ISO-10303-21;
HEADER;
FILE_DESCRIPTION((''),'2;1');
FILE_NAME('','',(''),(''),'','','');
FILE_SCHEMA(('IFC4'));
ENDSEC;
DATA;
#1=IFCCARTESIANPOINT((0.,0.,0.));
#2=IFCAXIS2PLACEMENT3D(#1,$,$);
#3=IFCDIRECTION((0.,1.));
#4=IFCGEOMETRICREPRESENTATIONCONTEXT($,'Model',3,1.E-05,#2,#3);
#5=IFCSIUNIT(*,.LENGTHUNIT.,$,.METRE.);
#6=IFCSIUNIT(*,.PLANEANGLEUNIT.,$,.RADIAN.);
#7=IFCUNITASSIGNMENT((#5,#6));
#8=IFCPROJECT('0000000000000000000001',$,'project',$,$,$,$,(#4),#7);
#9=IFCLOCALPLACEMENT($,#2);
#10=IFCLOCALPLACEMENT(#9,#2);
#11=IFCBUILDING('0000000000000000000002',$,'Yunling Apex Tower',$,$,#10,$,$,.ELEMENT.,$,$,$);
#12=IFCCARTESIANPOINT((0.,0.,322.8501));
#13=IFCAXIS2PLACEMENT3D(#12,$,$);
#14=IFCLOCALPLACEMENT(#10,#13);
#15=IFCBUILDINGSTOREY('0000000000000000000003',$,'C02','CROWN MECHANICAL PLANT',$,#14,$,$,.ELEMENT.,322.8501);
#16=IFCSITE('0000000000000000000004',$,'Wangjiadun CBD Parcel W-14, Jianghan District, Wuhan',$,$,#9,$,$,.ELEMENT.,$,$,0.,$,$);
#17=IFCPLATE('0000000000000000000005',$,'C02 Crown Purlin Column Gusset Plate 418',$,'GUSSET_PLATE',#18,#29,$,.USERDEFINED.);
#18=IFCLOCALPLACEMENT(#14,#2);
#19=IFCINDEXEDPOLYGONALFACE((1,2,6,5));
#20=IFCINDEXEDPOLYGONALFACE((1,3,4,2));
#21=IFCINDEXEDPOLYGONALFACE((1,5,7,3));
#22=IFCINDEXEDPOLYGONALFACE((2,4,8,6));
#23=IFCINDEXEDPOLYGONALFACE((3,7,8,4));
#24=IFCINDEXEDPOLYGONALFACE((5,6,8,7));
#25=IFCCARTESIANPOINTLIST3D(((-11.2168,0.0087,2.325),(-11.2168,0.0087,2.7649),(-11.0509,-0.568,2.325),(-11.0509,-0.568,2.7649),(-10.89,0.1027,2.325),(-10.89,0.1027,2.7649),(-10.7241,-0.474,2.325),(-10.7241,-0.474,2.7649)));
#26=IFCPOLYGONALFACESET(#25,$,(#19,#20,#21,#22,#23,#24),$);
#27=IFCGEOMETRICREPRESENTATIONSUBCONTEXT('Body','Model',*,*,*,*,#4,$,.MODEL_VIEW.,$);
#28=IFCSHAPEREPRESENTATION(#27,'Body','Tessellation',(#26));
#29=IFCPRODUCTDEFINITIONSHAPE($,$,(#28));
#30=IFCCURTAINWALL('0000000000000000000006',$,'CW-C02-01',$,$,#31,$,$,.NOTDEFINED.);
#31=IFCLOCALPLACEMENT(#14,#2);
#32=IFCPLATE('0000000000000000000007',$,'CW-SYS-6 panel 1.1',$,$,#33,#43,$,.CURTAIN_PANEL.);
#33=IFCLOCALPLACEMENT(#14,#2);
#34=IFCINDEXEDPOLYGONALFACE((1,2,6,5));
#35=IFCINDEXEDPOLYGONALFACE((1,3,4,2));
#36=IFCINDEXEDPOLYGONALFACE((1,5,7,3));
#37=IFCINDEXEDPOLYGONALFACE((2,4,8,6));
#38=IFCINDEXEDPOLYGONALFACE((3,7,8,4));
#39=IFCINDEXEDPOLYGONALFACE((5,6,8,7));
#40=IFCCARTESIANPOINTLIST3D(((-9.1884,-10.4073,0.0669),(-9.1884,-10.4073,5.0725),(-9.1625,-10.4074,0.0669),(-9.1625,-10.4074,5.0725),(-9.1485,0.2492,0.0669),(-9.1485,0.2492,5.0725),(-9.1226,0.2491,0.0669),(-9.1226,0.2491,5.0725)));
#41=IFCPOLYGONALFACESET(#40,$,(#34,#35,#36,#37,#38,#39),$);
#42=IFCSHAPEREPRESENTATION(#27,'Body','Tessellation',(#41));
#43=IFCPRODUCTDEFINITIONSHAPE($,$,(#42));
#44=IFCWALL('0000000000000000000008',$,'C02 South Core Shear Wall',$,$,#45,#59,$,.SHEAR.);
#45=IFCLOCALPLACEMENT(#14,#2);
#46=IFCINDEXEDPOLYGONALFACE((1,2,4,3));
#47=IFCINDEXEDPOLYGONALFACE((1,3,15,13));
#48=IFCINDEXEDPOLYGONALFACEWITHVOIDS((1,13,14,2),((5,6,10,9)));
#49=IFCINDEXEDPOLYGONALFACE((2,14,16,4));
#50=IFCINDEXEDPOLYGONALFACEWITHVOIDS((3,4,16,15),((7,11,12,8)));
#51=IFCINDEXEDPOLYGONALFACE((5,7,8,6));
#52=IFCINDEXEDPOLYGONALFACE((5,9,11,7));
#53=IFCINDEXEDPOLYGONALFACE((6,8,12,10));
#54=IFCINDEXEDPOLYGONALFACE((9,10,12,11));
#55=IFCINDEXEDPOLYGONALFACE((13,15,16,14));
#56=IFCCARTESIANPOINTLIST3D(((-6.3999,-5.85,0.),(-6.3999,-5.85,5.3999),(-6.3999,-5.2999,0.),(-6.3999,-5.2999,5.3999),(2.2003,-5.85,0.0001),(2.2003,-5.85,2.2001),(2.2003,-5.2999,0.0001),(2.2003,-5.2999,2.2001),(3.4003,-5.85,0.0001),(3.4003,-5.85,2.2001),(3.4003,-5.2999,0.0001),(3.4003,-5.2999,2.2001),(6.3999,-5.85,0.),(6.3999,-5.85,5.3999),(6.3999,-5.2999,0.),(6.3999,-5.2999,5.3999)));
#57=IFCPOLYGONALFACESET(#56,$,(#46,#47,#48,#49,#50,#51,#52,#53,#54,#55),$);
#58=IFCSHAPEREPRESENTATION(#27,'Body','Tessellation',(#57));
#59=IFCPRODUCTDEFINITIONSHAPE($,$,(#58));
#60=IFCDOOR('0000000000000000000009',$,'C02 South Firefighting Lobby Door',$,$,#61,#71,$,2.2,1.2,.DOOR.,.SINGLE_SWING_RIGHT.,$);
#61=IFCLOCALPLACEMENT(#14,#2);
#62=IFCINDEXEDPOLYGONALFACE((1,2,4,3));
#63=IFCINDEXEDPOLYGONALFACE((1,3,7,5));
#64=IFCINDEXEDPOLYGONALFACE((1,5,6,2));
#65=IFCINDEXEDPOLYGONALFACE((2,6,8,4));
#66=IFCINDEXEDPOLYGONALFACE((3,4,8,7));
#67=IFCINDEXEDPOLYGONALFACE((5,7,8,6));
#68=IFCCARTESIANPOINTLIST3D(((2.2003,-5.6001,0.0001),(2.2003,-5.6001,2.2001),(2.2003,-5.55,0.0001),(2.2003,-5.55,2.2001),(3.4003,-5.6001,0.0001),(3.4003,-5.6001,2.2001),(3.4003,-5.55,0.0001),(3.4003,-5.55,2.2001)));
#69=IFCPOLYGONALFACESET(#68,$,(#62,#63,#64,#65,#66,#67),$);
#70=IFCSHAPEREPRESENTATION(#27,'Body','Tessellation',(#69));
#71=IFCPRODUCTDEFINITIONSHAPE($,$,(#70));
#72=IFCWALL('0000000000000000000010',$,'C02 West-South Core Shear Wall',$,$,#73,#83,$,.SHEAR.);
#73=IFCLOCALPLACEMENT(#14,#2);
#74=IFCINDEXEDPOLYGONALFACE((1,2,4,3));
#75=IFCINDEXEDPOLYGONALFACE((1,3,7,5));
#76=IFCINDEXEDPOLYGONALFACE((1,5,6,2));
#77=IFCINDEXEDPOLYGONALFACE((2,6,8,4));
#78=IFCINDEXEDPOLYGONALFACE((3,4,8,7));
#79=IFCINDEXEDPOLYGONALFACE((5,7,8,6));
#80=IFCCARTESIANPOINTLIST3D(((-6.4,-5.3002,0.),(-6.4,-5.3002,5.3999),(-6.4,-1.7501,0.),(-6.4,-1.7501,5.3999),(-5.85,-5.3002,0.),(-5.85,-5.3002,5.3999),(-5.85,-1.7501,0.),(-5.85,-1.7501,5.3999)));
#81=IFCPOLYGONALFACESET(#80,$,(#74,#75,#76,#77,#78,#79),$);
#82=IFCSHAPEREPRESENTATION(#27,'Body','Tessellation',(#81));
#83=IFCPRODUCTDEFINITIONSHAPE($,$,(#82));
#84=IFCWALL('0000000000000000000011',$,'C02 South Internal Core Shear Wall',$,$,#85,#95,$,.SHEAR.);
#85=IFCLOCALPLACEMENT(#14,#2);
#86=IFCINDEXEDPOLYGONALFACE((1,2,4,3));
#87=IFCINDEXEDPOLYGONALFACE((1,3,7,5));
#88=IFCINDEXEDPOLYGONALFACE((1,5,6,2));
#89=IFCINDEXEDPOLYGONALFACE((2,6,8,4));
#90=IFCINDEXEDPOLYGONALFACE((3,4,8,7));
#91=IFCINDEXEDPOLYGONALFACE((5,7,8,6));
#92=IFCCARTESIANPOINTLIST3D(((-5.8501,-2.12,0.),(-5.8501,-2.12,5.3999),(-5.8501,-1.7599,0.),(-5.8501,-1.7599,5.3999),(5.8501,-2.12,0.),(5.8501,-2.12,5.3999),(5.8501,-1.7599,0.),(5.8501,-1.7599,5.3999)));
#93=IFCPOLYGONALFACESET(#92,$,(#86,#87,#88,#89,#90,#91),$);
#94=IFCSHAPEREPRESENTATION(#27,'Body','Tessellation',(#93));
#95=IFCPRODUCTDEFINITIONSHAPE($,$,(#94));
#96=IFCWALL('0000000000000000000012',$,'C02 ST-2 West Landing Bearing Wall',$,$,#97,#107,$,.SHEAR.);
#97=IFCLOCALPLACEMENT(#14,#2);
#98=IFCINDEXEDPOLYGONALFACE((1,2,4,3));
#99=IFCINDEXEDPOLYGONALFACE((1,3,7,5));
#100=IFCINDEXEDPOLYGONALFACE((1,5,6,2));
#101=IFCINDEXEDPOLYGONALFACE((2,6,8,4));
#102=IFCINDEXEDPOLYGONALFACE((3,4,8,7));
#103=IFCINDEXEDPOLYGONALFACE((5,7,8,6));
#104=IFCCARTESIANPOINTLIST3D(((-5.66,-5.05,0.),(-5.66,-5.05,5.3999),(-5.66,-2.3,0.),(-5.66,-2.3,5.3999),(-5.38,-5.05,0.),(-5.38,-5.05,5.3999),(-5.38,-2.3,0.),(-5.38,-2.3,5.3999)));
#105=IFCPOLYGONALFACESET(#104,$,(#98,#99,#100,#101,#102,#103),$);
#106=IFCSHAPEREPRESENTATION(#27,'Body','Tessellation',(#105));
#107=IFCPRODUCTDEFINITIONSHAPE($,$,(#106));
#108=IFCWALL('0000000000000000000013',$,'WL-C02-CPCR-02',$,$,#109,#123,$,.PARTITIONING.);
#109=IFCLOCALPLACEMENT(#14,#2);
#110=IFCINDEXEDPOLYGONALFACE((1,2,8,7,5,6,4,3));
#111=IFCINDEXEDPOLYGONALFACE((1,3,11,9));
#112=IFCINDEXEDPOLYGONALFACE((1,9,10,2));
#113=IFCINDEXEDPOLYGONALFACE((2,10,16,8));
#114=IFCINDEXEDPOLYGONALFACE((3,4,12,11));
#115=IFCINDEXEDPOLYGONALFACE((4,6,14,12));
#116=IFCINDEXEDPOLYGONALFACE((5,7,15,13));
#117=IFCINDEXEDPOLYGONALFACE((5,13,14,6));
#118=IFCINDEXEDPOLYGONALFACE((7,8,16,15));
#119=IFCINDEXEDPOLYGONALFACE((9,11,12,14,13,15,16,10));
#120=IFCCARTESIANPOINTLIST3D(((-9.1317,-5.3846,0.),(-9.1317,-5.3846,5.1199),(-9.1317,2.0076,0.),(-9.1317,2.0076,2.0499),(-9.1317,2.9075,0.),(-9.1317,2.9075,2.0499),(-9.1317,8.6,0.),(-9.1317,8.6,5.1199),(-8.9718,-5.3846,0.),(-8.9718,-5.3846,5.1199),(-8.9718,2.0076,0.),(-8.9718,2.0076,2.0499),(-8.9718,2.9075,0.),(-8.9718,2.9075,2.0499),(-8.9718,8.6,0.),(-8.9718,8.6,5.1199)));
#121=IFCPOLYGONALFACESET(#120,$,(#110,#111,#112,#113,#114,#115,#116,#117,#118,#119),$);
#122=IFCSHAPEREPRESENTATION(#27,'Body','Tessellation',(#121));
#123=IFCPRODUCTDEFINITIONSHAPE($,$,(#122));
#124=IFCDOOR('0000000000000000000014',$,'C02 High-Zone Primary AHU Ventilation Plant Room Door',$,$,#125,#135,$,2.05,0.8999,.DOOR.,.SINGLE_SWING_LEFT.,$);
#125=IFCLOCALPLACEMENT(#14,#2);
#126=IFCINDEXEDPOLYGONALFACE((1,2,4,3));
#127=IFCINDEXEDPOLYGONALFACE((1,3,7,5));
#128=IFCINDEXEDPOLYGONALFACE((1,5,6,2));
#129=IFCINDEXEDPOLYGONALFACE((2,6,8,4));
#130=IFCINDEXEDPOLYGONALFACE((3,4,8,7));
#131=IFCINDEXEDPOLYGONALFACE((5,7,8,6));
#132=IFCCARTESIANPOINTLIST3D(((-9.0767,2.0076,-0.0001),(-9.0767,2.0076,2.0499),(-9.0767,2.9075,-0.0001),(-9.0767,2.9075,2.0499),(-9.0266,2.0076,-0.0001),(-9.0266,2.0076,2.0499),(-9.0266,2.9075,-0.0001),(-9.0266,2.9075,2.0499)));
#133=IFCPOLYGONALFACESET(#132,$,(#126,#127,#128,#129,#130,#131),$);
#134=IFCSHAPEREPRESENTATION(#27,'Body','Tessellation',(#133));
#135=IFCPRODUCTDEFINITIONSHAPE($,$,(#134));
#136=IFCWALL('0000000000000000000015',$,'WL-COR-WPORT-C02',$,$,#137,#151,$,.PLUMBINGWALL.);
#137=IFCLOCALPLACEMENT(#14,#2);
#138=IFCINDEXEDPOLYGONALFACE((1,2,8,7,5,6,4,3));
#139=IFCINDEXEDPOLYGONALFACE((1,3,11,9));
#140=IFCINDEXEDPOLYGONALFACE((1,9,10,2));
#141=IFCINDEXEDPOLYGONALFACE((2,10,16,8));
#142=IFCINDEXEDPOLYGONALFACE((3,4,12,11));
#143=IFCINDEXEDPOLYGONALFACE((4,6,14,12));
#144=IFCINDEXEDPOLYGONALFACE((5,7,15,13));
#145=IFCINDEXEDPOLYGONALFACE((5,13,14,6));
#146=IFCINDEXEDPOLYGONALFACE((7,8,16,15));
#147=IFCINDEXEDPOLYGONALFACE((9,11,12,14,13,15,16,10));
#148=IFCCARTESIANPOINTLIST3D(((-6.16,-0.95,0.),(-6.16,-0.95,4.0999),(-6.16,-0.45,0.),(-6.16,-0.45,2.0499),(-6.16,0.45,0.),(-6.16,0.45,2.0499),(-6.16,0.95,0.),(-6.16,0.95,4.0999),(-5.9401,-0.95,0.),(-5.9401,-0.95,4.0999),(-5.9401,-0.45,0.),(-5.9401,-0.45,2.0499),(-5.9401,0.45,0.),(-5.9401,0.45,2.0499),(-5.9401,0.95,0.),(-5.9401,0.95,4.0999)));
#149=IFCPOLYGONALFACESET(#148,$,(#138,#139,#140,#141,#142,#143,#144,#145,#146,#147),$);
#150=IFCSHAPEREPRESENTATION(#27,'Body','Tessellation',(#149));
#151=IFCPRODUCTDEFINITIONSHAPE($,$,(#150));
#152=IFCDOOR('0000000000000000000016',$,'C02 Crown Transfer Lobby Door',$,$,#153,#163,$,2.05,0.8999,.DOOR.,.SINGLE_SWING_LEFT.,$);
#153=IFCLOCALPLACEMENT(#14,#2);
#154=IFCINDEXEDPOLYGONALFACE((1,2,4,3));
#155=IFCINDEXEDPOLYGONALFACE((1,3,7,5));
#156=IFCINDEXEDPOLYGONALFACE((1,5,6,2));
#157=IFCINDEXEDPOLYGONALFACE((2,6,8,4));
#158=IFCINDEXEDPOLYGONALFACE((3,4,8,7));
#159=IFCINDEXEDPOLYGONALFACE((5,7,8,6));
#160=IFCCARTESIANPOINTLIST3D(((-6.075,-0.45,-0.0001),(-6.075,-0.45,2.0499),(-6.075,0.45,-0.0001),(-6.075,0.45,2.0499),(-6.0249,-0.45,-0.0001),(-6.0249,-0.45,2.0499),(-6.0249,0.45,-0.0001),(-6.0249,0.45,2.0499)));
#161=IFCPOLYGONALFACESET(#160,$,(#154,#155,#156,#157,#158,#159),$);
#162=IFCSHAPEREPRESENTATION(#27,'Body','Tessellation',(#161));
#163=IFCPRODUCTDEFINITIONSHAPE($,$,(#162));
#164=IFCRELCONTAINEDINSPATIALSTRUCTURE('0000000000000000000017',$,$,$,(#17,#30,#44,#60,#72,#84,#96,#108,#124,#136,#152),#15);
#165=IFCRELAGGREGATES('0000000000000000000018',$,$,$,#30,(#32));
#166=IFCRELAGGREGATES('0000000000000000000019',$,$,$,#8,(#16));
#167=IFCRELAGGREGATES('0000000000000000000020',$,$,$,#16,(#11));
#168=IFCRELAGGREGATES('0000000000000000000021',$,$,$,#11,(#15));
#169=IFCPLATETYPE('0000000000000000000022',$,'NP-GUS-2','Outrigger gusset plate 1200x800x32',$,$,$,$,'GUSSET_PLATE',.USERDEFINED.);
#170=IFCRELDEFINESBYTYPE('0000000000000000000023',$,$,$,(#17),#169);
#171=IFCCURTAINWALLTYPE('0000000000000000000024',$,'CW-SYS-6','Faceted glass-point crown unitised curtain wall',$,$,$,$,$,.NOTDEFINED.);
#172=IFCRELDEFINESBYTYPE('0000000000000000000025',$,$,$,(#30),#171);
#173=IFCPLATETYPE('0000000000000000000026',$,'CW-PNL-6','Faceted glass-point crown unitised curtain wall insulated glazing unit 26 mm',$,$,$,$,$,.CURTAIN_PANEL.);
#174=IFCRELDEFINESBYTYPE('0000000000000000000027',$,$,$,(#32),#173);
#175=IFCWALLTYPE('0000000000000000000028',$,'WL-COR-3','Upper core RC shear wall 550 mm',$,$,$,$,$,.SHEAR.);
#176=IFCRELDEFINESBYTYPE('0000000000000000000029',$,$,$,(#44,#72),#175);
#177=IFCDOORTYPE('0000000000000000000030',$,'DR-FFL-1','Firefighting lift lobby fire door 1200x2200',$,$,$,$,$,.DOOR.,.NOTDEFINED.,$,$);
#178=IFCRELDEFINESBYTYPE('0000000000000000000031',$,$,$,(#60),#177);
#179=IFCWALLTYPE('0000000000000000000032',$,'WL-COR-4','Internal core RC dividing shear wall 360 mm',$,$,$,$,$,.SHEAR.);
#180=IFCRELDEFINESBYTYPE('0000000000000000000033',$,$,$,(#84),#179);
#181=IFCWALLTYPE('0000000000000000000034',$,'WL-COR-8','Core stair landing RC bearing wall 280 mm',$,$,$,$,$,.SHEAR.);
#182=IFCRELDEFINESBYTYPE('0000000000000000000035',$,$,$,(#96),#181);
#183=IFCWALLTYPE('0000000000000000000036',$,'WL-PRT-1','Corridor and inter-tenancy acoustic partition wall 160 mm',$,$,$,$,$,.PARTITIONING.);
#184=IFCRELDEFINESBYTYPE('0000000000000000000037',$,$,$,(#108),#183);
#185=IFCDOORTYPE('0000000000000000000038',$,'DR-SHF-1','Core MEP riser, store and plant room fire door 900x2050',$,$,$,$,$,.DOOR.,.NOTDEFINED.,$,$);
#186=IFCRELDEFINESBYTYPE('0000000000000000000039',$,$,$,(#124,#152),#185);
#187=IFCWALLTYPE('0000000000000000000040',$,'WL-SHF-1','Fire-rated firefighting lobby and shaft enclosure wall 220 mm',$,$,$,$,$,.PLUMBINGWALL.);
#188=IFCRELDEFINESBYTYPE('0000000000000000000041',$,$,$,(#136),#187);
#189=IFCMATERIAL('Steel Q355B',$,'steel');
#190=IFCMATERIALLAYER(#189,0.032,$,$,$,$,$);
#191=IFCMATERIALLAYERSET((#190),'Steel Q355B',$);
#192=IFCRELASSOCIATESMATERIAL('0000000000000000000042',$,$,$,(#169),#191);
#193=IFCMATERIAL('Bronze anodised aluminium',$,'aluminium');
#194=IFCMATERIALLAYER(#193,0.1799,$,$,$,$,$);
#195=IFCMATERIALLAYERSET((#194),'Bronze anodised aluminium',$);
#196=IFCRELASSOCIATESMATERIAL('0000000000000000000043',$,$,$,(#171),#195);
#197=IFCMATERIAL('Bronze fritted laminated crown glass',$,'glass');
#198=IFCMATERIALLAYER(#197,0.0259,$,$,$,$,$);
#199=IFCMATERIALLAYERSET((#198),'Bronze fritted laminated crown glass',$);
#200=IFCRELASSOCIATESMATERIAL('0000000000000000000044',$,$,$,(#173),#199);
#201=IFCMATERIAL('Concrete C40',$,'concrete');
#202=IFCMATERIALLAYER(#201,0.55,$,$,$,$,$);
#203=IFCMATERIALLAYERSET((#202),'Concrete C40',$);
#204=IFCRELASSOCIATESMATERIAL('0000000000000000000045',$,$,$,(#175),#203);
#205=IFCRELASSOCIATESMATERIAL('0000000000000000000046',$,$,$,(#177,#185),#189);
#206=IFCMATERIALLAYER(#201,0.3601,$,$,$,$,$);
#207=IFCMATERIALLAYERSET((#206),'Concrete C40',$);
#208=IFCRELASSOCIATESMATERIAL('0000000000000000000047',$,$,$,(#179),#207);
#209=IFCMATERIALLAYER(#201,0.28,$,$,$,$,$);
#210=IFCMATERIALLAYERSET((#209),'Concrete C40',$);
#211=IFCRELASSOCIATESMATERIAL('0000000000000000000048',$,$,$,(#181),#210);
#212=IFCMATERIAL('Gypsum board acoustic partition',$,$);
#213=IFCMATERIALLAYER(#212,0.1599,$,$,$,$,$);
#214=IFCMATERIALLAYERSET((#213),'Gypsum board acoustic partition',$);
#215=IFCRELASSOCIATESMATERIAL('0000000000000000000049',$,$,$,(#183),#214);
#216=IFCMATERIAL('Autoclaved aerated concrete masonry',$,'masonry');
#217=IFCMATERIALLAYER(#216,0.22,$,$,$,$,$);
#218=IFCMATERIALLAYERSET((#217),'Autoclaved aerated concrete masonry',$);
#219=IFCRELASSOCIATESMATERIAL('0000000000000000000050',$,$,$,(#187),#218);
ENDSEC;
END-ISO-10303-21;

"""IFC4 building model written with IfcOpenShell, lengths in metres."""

from ifc_helpers import new_model, si_unit, direction, frame, frame_2d, origin, origin_2d, place, context, subcontext, project, spatial, rectangle, extrude, source, transform, mapped, material, layer, layer_set, type_object, element, fill, aggregate, save


model = new_model("IFC4")

# Units and contexts
model_context = context("Model", 3, precision=1e-05, world=origin(), true_north=direction((0.0, 1.0)))
body_context = subcontext(model_context, "Body", "Model", "MODEL_VIEW")
ifc_project = project(units=[si_unit("LENGTHUNIT", "METRE"), si_unit("PLANEANGLEUNIT", "RADIAN")], contexts=[model_context])

# Site, building, storey
site_placement = place(None, origin())
site = spatial("IfcSite", under=ifc_project, at=site_placement, Name="Wangjiadun CBD Parcel W-14, Jianghan District, Wuhan", CompositionType="ELEMENT", RefElevation=0.0)
building_placement = place(site_placement, origin())
building = spatial("IfcBuilding", under=site, at=building_placement, Name="Yunling Apex Tower", CompositionType="ELEMENT")
storey_placement = place(building_placement, frame((0.0, 0.0, 322.8501)))
storey = spatial("IfcBuildingStorey", under=building, at=storey_placement, Name="C02", Description="CROWN MECHANICAL PLANT", CompositionType="ELEMENT", Elevation=322.8501)

# Shared definitions
ifc_material_1 = material(Name="Steel Q355B", Category="steel")

# Plate
ifc_layer_1 = layer(ifc_material_1, 0.032)
ifc_layer_set_1 = layer_set([ifc_layer_1], Name="Steel Q355B")
plate_type_1 = type_object("IfcPlateType", Name="NP-GUS-2", Description="Outrigger gusset plate 1200x800x32", ElementType="GUSSET_PLATE", PredefinedType="USERDEFINED", material=ifc_layer_set_1)
shared_shape_1 = source(origin(), body_context, "Body", "SweptSolid", [
    extrude(rectangle(XDim=0.6001, YDim=0.3401, at=origin_2d()), origin(), (0.0, 0.0, 1.0), 0.4399),
])
plate_1_placement = place(storey_placement, frame((-10.9705, -0.2327, 2.325), z_axis=(0.0, 0.0, 1.0), x_axis=(0.276476, -0.961021, 0.0)))
element("IfcPlate", 1, at=plate_1_placement, inside=storey, type_object=plate_type_1, Name="C02 Crown Purlin Column Gusset Plate 418", ObjectType="GUSSET_PLATE", PredefinedType="USERDEFINED", context=body_context, shape_type="MappedRepresentation", body=[
    mapped(shared_shape_1, transform((0.0, 0.0, 0.0), scale=1.0)),
])

# Curtain wall, plate
ifc_material_2 = material(Name="Bronze anodised aluminium", Category="aluminium")
ifc_layer_2 = layer(ifc_material_2, 0.1799)
ifc_layer_set_2 = layer_set([ifc_layer_2], Name="Bronze anodised aluminium")
curtain_wall_type = type_object("IfcCurtainWallType", Name="CW-SYS-6", Description="Faceted glass-point crown unitised curtain wall", PredefinedType="NOTDEFINED", material=ifc_layer_set_2)
curtain_wall_placement = place(storey_placement, origin())
curtain_wall = element("IfcCurtainWall", 2, at=curtain_wall_placement, inside=storey, type_object=curtain_wall_type, Name="CW-C02-01", PredefinedType="NOTDEFINED")
ifc_material_3 = material(Name="Bronze fritted laminated crown glass", Category="glass")
ifc_layer_3 = layer(ifc_material_3, 0.0259)
ifc_layer_set_3 = layer_set([ifc_layer_3], Name="Bronze fritted laminated crown glass")
plate_type_2 = type_object("IfcPlateType", Name="CW-PNL-6", Description="Faceted glass-point crown unitised curtain wall insulated glazing unit 26 mm", PredefinedType="CURTAIN_PANEL", material=ifc_layer_set_3)
shared_shape_2 = source(origin(), body_context, "Body", "SweptSolid", [
    extrude(rectangle(XDim=10.6565, YDim=0.0259, at=origin_2d()), origin(), (0.0, 0.0, 1.0), 5.0056),
])
plate_2_placement = place(storey_placement, frame((-9.1555, -5.0791, 0.0669), z_axis=(0.0, 0.0, 1.0), x_axis=(0.003748, 0.999993, 0.0)))
plate_2 = element("IfcPlate", 3, at=plate_2_placement, type_object=plate_type_2, Name="CW-SYS-6 panel 1.1", PredefinedType="CURTAIN_PANEL", context=body_context, shape_type="MappedRepresentation", body=[
    mapped(shared_shape_2, transform((0.0, 0.0, 0.0), scale=1.0)),
])
aggregate(curtain_wall, [plate_2])

# Wall, opening, door
ifc_material_4 = material(Name="Concrete C40", Category="concrete")
ifc_layer_4 = layer(ifc_material_4, 0.55)
ifc_layer_set_4 = layer_set([ifc_layer_4], Name="Concrete C40")
wall_type_1 = type_object("IfcWallType", Name="WL-COR-3", Description="Upper core RC shear wall 550 mm", PredefinedType="SHEAR", material=ifc_layer_set_4)
wall_1_placement = place(storey_placement, frame((-6.3999, -5.575, 0.0), z_axis=(0.0, 0.0, 1.0), x_axis=(1.0, 0.0, 0.0)))
wall_1 = element("IfcWall", 4, at=wall_1_placement, inside=storey, type_object=wall_type_1, Name="C02 South Core Shear Wall", PredefinedType="SHEAR", context=body_context, shape_type="SweptSolid", body=[
    extrude(rectangle(XDim=12.7998, YDim=0.55, at=frame_2d((6.3999, 0.0))), origin(), (0.0, 0.0, 1.0), 5.3999),
])
opening_1_placement = place(wall_1_placement, frame((8.6001, 0.0, 0.0)))
opening_1 = element("IfcOpeningElement", 5, at=opening_1_placement, cuts=wall_1, PredefinedType="OPENING", context=body_context, shape_type="SweptSolid", body=[
    extrude(rectangle(XDim=1.2, YDim=2.2, at=frame_2d((0.6001, 1.1001))), frame((0.0, 0.2852, 0.0), z_axis=(0.0, -1.0, 0.0), x_axis=(1.0, 0.0, 0.0)), (0.0, 0.0, 1.0), 0.5701),
])
door_type_1 = type_object("IfcDoorType", Name="DR-FFL-1", Description="Firefighting lift lobby fire door 1200x2200", OperationType="NOTDEFINED", PredefinedType="DOOR", material=ifc_material_1)
door_1_placement = place(opening_1_placement, origin())
door_1 = element("IfcDoor", 6, at=door_1_placement, inside=storey, type_object=door_type_1, Name="C02 South Firefighting Lobby Door", OperationType="SINGLE_SWING_RIGHT", OverallHeight=2.2, OverallWidth=1.2, PredefinedType="DOOR", context=body_context, shape_type="SweptSolid", body=[
    extrude(rectangle(XDim=1.2, YDim=2.2, at=frame_2d((0.6001, 1.1001))), frame((0.0, 0.0249, 0.0), z_axis=(0.0, -1.0, 0.0), x_axis=(1.0, 0.0, 0.0)), (0.0, 0.0, 1.0), 0.05),
])
fill(opening_1, door_1)

# Walls
wall_2_placement = place(storey_placement, frame((-6.125, -5.3, 0.0), z_axis=(0.0, 0.0, 1.0), x_axis=(0.0, 1.0, 0.0)))
element("IfcWall", 7, at=wall_2_placement, inside=storey, type_object=wall_type_1, Name="C02 West-South Core Shear Wall", PredefinedType="SHEAR", context=body_context, shape_type="SweptSolid", body=[
    extrude(rectangle(XDim=3.55, YDim=0.55, at=frame_2d((1.7749, 0.0))), origin(), (0.0, 0.0, 1.0), 5.3999),
])
ifc_layer_5 = layer(ifc_material_4, 0.3601)
ifc_layer_set_5 = layer_set([ifc_layer_5], Name="Concrete C40")
wall_type_2 = type_object("IfcWallType", Name="WL-COR-4", Description="Internal core RC dividing shear wall 360 mm", PredefinedType="SHEAR", material=ifc_layer_set_5)
wall_3_placement = place(storey_placement, frame((-5.8501, -1.9399, 0.0), z_axis=(0.0, 0.0, 1.0), x_axis=(1.0, 0.0, 0.0)))
element("IfcWall", 8, at=wall_3_placement, inside=storey, type_object=wall_type_2, Name="C02 South Internal Core Shear Wall", PredefinedType="SHEAR", context=body_context, shape_type="SweptSolid", body=[
    extrude(rectangle(XDim=11.7002, YDim=0.3601, at=frame_2d((5.8501, 0.0))), origin(), (0.0, 0.0, 1.0), 5.3999),
])
ifc_layer_6 = layer(ifc_material_4, 0.28)
ifc_layer_set_6 = layer_set([ifc_layer_6], Name="Concrete C40")
wall_type_3 = type_object("IfcWallType", Name="WL-COR-8", Description="Core stair landing RC bearing wall 280 mm", PredefinedType="SHEAR", material=ifc_layer_set_6)
wall_4_placement = place(storey_placement, frame((-5.52, -5.05, 0.0), z_axis=(0.0, 0.0, 1.0), x_axis=(0.0, 1.0, 0.0)))
element("IfcWall", 9, at=wall_4_placement, inside=storey, type_object=wall_type_3, Name="C02 ST-2 West Landing Bearing Wall", PredefinedType="SHEAR", context=body_context, shape_type="SweptSolid", body=[
    extrude(rectangle(XDim=2.75, YDim=0.28, at=frame_2d((1.375, 0.0))), origin(), (0.0, 0.0, 1.0), 5.3999),
])

# Walls, openings, doors
ifc_material_5 = material(Name="Gypsum board acoustic partition")
ifc_layer_7 = layer(ifc_material_5, 0.1599)
ifc_layer_set_7 = layer_set([ifc_layer_7], Name="Gypsum board acoustic partition")
wall_type_4 = type_object("IfcWallType", Name="WL-PRT-1", Description="Corridor and inter-tenancy acoustic partition wall 160 mm", PredefinedType="PARTITIONING", material=ifc_layer_set_7)
wall_5_placement = place(storey_placement, frame((-9.0518, -5.3845, 0.0), z_axis=(0.0, 0.0, 1.0), x_axis=(0.0, 1.0, 0.0)))
wall_5 = element("IfcWall", 10, at=wall_5_placement, inside=storey, type_object=wall_type_4, Name="WL-C02-CPCR-02", PredefinedType="PARTITIONING", context=body_context, shape_type="SweptSolid", body=[
    extrude(rectangle(XDim=13.9846, YDim=0.1599, at=frame_2d((6.9922, 0.0))), origin(), (0.0, 0.0, 1.0), 5.1199),
])
opening_2_placement = place(wall_5_placement, frame((7.3921, 0.0, 0.0)))
opening_2 = element("IfcOpeningElement", 11, at=opening_2_placement, cuts=wall_5, PredefinedType="OPENING", context=body_context, shape_type="SweptSolid", body=[
    extrude(rectangle(XDim=0.8999, YDim=2.05, at=frame_2d((0.45, 1.0249))), frame((0.0, 0.0898, 0.0), z_axis=(0.0, -1.0, 0.0), x_axis=(1.0, 0.0, 0.0)), (0.0, 0.0, 1.0), 0.1799),
])
door_type_2 = type_object("IfcDoorType", Name="DR-SHF-1", Description="Core MEP riser, store and plant room fire door 900x2050", OperationType="NOTDEFINED", PredefinedType="DOOR", material=ifc_material_1)
door_2_placement = place(opening_2_placement, origin())
door_2 = element("IfcDoor", 12, at=door_2_placement, inside=storey, type_object=door_type_2, Name="C02 High-Zone Primary AHU Ventilation Plant Room Door", OperationType="SINGLE_SWING_LEFT", OverallHeight=2.05, OverallWidth=0.8999, PredefinedType="DOOR", context=body_context, shape_type="SweptSolid", body=[
    extrude(rectangle(XDim=0.8999, YDim=2.05, at=frame_2d((0.45, 1.0249))), frame((0.0, 0.0249, 0.0), z_axis=(0.0, -1.0, 0.0), x_axis=(1.0, 0.0, 0.0)), (0.0, 0.0, 1.0), 0.05),
])
fill(opening_2, door_2)
ifc_material_6 = material(Name="Autoclaved aerated concrete masonry", Category="masonry")
ifc_layer_8 = layer(ifc_material_6, 0.22)
ifc_layer_set_8 = layer_set([ifc_layer_8], Name="Autoclaved aerated concrete masonry")
wall_type_5 = type_object("IfcWallType", Name="WL-SHF-1", Description="Fire-rated firefighting lobby and shaft enclosure wall 220 mm", PredefinedType="PLUMBINGWALL", material=ifc_layer_set_8)
wall_6_placement = place(storey_placement, frame((-6.05, -0.95, 0.0), z_axis=(0.0, 0.0, 1.0), x_axis=(0.0, 1.0, 0.0)))
wall_6 = element("IfcWall", 13, at=wall_6_placement, inside=storey, type_object=wall_type_5, Name="WL-COR-WPORT-C02", PredefinedType="PLUMBINGWALL", context=body_context, shape_type="SweptSolid", body=[
    extrude(rectangle(XDim=1.8999, YDim=0.22, at=frame_2d((0.95, 0.0))), origin(), (0.0, 0.0, 1.0), 4.0999),
])
opening_3_placement = place(wall_6_placement, frame((0.5, 0.0, 0.0)))
opening_3 = element("IfcOpeningElement", 14, at=opening_3_placement, cuts=wall_6, PredefinedType="OPENING", context=body_context, shape_type="SweptSolid", body=[
    extrude(rectangle(XDim=0.8999, YDim=2.05, at=frame_2d((0.45, 1.0249))), frame((0.0, 0.1201, 0.0), z_axis=(0.0, -1.0, 0.0), x_axis=(1.0, 0.0, 0.0)), (0.0, 0.0, 1.0), 0.24),
])
door_3_placement = place(opening_3_placement, origin())
door_3 = element("IfcDoor", 15, at=door_3_placement, inside=storey, type_object=door_type_2, Name="C02 Crown Transfer Lobby Door", OperationType="SINGLE_SWING_LEFT", OverallHeight=2.05, OverallWidth=0.8999, PredefinedType="DOOR", context=body_context, shape_type="SweptSolid", body=[
    extrude(rectangle(XDim=0.8999, YDim=2.05, at=frame_2d((0.45, 1.0249))), frame((0.0, 0.0249, 0.0), z_axis=(0.0, -1.0, 0.0), x_axis=(1.0, 0.0, 0.0)), (0.0, 0.0, 1.0), 0.05),
])
fill(opening_3, door_3)

save(model, "model.ifc")
